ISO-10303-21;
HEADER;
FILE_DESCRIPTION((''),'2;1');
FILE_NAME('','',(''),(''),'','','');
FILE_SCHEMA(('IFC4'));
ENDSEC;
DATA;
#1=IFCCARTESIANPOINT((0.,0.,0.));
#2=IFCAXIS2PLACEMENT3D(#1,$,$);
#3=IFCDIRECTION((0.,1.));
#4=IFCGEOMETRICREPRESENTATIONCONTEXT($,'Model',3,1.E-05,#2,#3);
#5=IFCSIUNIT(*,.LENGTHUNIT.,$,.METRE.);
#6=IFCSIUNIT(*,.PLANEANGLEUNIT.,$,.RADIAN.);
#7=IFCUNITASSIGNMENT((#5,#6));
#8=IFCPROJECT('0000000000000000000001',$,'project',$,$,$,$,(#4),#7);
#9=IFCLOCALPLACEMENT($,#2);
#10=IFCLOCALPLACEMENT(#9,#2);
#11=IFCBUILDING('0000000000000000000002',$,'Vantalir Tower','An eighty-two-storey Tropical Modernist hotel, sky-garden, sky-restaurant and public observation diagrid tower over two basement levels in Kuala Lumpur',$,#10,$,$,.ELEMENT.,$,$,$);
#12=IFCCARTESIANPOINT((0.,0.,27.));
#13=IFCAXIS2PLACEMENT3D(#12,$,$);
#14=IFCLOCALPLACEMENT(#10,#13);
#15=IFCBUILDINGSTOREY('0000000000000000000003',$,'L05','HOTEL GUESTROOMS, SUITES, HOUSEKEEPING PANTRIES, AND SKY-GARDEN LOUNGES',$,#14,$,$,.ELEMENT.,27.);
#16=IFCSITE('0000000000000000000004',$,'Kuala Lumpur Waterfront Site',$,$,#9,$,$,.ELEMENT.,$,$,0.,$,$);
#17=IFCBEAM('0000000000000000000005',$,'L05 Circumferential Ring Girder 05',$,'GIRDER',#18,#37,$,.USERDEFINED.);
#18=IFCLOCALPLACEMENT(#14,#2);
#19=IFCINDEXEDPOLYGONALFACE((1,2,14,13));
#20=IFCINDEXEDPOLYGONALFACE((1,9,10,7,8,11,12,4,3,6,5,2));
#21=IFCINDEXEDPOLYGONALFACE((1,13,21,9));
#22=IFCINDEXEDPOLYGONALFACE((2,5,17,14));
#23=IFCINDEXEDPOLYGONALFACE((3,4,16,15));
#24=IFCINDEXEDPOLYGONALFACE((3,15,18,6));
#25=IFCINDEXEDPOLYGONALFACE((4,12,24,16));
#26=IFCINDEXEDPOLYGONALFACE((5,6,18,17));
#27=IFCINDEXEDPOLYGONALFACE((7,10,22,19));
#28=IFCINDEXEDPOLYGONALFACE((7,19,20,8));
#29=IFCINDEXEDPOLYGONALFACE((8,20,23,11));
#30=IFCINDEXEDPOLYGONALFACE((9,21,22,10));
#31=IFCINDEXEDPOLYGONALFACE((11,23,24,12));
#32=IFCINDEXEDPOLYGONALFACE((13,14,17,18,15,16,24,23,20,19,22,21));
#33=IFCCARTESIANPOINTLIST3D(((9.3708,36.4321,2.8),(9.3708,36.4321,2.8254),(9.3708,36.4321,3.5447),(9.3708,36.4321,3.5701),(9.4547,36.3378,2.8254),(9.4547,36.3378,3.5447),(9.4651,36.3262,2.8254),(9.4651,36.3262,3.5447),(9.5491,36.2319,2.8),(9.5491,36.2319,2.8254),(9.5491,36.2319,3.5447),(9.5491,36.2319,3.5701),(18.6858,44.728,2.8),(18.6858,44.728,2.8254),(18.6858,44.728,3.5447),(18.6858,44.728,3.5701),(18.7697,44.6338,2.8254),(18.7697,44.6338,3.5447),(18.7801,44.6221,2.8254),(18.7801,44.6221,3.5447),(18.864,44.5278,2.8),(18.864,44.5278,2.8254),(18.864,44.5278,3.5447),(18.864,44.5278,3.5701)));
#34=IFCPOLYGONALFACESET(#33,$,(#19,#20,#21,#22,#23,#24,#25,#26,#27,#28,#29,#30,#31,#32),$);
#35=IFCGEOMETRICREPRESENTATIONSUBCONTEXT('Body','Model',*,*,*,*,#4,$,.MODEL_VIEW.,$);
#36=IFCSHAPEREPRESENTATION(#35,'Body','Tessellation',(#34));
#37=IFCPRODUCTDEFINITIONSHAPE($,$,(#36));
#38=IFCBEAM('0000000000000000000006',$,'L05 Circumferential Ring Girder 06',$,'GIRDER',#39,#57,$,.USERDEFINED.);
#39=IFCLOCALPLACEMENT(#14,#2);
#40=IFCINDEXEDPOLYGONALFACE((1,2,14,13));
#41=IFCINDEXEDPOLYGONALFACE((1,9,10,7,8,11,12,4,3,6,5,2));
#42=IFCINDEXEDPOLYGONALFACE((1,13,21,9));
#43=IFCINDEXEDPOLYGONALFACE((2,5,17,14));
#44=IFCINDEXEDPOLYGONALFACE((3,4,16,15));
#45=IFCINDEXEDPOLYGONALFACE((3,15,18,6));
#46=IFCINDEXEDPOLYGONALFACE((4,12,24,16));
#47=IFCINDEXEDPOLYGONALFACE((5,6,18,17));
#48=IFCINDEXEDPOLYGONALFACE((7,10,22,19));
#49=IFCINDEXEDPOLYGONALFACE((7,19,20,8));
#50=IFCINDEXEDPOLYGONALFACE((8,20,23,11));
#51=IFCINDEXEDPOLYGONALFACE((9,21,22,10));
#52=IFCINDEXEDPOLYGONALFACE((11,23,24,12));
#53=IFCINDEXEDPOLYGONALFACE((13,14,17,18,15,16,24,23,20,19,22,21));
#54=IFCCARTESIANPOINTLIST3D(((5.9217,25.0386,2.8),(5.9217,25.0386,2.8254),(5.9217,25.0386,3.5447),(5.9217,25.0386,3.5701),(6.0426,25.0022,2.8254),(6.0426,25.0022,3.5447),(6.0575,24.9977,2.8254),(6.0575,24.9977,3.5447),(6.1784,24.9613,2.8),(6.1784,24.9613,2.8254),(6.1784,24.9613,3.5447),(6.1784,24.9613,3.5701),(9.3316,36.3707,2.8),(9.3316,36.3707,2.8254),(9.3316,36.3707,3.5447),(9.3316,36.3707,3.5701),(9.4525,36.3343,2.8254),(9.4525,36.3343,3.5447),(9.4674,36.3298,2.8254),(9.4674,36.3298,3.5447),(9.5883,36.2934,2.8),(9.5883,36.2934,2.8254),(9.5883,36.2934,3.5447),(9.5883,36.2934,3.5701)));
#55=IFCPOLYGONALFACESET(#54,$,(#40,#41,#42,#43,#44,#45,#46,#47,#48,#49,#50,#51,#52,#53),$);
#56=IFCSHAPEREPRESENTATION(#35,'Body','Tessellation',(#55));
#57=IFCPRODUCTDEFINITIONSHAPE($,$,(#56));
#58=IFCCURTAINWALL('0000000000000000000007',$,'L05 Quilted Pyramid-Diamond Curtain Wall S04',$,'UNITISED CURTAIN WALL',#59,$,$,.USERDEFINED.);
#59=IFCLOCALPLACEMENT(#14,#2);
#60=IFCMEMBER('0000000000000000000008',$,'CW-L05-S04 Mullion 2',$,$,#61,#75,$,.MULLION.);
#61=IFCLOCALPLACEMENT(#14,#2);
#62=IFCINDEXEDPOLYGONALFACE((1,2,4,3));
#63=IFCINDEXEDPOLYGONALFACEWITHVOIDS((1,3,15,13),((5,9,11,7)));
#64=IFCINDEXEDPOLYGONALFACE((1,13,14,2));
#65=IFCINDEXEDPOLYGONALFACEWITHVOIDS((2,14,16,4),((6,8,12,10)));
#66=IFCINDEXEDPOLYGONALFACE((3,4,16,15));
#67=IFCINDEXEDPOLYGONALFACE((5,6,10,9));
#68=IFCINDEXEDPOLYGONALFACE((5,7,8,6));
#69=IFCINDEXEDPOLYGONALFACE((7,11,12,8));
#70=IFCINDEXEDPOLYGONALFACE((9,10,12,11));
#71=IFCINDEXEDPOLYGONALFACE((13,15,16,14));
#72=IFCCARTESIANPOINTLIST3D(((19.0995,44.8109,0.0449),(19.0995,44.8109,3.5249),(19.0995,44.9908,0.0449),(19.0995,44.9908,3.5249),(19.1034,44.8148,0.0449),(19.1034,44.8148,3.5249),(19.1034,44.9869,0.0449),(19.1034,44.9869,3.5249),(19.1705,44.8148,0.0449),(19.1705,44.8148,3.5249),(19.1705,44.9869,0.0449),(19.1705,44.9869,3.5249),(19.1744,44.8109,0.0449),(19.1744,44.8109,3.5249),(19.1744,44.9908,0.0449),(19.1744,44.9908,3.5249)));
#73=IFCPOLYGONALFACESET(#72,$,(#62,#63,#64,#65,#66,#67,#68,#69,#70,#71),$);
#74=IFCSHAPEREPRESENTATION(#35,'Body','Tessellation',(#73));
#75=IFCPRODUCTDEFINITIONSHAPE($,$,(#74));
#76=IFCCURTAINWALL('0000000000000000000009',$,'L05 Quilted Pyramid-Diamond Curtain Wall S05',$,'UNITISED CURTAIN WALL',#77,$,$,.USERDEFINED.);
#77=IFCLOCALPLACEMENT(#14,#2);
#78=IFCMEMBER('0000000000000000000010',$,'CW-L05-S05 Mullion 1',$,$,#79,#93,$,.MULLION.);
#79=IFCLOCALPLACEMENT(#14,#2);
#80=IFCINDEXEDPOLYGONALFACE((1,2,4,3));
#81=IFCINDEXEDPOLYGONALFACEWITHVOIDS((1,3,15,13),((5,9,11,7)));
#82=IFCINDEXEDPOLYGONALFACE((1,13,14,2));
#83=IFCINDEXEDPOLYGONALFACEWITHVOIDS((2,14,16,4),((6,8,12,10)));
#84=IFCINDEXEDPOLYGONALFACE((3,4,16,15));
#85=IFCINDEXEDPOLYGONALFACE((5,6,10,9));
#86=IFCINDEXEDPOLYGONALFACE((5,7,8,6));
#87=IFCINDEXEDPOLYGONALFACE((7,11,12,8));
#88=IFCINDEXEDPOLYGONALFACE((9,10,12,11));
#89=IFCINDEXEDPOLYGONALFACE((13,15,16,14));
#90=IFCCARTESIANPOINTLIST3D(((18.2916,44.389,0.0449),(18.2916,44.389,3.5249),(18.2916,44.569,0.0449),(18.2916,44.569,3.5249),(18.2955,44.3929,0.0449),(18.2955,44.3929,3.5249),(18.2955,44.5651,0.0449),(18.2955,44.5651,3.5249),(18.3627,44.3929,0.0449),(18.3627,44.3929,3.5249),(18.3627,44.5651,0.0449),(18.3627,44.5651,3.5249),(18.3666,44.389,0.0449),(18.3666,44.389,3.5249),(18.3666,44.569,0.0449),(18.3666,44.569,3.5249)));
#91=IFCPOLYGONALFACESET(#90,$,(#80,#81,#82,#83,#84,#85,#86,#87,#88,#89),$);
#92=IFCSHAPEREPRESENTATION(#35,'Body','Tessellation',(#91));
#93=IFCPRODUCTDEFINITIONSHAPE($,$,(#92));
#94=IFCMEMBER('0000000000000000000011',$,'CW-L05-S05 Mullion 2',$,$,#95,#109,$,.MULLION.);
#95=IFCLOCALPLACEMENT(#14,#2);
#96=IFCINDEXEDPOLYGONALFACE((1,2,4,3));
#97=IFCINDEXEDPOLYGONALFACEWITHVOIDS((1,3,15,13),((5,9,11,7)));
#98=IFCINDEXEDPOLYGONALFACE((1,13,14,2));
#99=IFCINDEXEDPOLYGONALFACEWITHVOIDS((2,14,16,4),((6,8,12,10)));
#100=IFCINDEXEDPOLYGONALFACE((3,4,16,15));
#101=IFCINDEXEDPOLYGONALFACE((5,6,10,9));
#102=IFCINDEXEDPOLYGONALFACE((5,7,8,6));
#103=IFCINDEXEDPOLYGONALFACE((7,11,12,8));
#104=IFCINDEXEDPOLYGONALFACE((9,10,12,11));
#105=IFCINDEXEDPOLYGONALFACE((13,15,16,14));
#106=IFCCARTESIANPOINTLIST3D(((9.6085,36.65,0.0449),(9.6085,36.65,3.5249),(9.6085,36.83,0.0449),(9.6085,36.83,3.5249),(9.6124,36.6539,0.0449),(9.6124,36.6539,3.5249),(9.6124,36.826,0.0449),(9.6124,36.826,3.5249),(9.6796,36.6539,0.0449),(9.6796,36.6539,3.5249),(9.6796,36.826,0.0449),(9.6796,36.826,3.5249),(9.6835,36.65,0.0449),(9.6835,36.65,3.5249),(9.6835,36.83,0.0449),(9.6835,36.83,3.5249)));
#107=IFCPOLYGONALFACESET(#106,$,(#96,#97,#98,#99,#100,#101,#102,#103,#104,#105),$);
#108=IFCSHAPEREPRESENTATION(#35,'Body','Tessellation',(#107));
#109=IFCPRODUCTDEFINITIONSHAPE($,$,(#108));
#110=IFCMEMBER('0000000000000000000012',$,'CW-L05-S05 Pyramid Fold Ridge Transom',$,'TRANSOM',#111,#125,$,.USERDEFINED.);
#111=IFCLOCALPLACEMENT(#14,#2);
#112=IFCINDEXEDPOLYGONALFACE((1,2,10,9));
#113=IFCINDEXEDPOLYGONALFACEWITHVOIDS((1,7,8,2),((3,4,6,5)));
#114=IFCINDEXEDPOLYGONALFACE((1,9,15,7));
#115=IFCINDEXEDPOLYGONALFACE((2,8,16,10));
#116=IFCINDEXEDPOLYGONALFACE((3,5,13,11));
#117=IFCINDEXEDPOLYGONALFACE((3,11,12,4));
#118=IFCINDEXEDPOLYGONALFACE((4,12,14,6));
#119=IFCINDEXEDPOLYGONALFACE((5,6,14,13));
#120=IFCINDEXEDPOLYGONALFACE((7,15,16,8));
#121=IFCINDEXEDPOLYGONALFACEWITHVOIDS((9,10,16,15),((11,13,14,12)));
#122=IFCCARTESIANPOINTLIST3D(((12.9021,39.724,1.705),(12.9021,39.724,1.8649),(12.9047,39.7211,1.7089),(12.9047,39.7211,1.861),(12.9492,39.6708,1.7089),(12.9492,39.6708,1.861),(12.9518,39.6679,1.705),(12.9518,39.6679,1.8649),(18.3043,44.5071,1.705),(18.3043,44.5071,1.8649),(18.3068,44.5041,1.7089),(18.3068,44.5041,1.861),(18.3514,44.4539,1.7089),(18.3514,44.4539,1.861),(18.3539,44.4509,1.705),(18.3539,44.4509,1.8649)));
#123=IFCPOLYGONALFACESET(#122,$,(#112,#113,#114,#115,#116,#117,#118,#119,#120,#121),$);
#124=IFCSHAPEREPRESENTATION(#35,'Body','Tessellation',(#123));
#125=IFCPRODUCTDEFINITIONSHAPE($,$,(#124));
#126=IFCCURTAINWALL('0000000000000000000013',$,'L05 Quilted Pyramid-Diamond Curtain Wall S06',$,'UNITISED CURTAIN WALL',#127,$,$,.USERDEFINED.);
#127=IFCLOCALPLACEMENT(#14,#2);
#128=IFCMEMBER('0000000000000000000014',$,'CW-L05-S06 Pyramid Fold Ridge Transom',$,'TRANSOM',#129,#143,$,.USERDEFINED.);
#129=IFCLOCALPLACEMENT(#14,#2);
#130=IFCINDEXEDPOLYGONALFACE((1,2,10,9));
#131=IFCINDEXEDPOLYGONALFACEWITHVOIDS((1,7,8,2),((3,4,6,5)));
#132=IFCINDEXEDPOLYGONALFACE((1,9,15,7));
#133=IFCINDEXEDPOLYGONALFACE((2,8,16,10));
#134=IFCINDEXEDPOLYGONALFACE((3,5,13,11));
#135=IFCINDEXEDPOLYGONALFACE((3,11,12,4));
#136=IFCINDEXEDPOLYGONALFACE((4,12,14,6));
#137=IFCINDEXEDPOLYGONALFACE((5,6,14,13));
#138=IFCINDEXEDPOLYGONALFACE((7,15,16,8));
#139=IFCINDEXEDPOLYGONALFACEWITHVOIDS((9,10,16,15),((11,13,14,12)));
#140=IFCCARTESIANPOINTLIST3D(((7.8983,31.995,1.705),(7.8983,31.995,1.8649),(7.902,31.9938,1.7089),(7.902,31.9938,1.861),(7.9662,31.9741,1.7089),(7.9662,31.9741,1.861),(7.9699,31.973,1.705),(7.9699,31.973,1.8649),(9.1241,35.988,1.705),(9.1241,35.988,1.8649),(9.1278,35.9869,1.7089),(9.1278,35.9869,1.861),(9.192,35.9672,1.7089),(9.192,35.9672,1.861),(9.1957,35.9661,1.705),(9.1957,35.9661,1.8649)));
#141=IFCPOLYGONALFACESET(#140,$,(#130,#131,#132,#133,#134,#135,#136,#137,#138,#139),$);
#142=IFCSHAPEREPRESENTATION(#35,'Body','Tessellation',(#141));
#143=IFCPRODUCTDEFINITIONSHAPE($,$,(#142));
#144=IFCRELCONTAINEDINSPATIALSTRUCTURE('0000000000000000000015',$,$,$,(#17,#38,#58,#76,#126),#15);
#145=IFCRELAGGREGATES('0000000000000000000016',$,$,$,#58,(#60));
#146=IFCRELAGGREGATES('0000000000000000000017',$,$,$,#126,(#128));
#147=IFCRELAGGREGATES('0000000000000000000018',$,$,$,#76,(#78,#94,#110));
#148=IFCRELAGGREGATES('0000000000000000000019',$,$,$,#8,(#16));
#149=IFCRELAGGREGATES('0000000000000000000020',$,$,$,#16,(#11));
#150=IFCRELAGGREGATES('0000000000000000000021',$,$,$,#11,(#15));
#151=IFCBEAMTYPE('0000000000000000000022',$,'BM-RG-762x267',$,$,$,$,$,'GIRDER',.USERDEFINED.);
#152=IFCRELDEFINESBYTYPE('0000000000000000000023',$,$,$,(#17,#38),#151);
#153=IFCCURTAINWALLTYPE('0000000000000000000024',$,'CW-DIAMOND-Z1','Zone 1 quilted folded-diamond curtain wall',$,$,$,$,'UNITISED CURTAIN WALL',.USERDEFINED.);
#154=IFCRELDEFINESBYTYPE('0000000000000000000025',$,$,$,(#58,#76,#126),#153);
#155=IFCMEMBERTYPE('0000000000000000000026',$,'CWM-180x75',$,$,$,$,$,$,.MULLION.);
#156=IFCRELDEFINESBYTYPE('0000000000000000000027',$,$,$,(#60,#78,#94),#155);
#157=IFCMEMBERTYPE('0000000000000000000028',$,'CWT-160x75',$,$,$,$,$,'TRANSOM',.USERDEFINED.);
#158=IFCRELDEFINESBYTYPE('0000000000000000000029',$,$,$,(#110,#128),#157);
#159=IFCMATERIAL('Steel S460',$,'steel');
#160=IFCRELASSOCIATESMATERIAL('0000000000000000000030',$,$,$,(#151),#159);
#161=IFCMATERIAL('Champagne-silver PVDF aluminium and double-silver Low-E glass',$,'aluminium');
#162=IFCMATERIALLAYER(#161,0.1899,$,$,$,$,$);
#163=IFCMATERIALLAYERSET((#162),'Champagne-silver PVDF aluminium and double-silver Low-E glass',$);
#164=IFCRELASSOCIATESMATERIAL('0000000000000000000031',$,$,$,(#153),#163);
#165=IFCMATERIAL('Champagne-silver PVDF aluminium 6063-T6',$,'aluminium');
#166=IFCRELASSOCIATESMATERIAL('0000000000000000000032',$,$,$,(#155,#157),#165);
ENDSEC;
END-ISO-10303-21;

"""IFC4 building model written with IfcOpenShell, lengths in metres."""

from ifc_helpers import new_model, si_unit, direction, frame, origin, origin_2d, place, context, subcontext, project, spatial, hollow_rectangle, i_section, extrude, material, layer, layer_set, material_profile, profile_set, type_object, element, aggregate, save


model = new_model("IFC4")

# Units and contexts
model_context = context("Model", 3, precision=1e-05, world=origin(), true_north=direction((0.0, 1.0)))
body_context = subcontext(model_context, "Body", "Model", "MODEL_VIEW")
ifc_project = project(units=[si_unit("LENGTHUNIT", "METRE"), si_unit("PLANEANGLEUNIT", "RADIAN")], contexts=[model_context])

# Site, building, storey
site_placement = place(None, origin())
site = spatial("IfcSite", under=ifc_project, at=site_placement, Name="Kuala Lumpur Waterfront Site", CompositionType="ELEMENT", RefElevation=0.0)
building_placement = place(site_placement, origin())
building = spatial("IfcBuilding", under=site, at=building_placement, Name="Vantalir Tower", Description="An eighty-two-storey Tropical Modernist hotel, sky-garden, sky-restaurant and public observation diagrid tower over two basement levels in Kuala Lumpur", CompositionType="ELEMENT")
storey_placement = place(building_placement, frame((0.0, 0.0, 27.0)))
storey = spatial("IfcBuildingStorey", under=building, at=storey_placement, Name="L05", Description="HOTEL GUESTROOMS, SUITES, HOUSEKEEPING PANTRIES, AND SKY-GARDEN LOUNGES", CompositionType="ELEMENT", Elevation=27.0)

# Shared definitions
ifc_material_1 = material(Name="Steel S460", Category="steel")

# Beams
ifc_material_profile_1 = material_profile(ifc_material_1, i_section(OverallWidth=0.2681, OverallDepth=0.77, WebThickness=0.0156, FlangeThickness=0.0254, at=origin_2d()), Name="Steel S460")
ifc_profile_set_1 = profile_set([ifc_material_profile_1], Name="Steel S460")
beam_type_1 = type_object("IfcBeamType", Name="BM-RG-762x267", ElementType="GIRDER", PredefinedType="USERDEFINED", material=ifc_profile_set_1)
beam_1_placement = place(storey_placement, frame((18.7749, 44.6279, 3.1851), z_axis=(-0.746774, -0.665078, 0.0), x_axis=(0.665078, -0.746774, 0.0)))
element("IfcBeam", 1, at=beam_1_placement, inside=storey, type_object=beam_type_1, Name="L05 Circumferential Ring Girder 05", ObjectType="GIRDER", PredefinedType="USERDEFINED", context=body_context, shape_type="SweptSolid", body=[
    extrude(i_section(OverallWidth=0.2681, OverallDepth=0.77, WebThickness=0.0156, FlangeThickness=0.0254, at=origin_2d()), origin(), (0.0, 0.0, 1.0), 12.4736),
])
beam_2_placement = place(storey_placement, frame((9.46, 36.332, 3.1851), z_axis=(-0.288147, -0.957586, 0.0), x_axis=(0.957586, -0.288147, 0.0)))
element("IfcBeam", 2, at=beam_2_placement, inside=storey, type_object=beam_type_1, Name="L05 Circumferential Ring Girder 06", ObjectType="GIRDER", PredefinedType="USERDEFINED", context=body_context, shape_type="SweptSolid", body=[
    extrude(i_section(OverallWidth=0.2681, OverallDepth=0.77, WebThickness=0.0156, FlangeThickness=0.0254, at=origin_2d()), origin(), (0.0, 0.0, 1.0), 11.834),
])

# Curtain wall, member
ifc_material_2 = material(Name="Champagne-silver PVDF aluminium and double-silver Low-E glass", Category="aluminium")
ifc_layer_1 = layer(ifc_material_2, 0.1899)
ifc_layer_set_1 = layer_set([ifc_layer_1], Name="Champagne-silver PVDF aluminium and double-silver Low-E glass")
curtain_wall_type = type_object("IfcCurtainWallType", Name="CW-DIAMOND-Z1", Description="Zone 1 quilted folded-diamond curtain wall", ElementType="UNITISED CURTAIN WALL", PredefinedType="USERDEFINED", material=ifc_layer_set_1)
curtain_wall_1_placement = place(storey_placement, origin())
curtain_wall_1 = element("IfcCurtainWall", 3, at=curtain_wall_1_placement, inside=storey, type_object=curtain_wall_type, Name="L05 Quilted Pyramid-Diamond Curtain Wall S04", ObjectType="UNITISED CURTAIN WALL", PredefinedType="USERDEFINED")
ifc_material_3 = material(Name="Champagne-silver PVDF aluminium 6063-T6", Category="aluminium")
ifc_material_profile_2 = material_profile(ifc_material_3, hollow_rectangle(XDim=0.075, YDim=0.1799, WallThickness=0.0039, at=origin_2d()), Name="Champagne-silver PVDF aluminium 6063-T6")
ifc_profile_set_2 = profile_set([ifc_material_profile_2], Name="Champagne-silver PVDF aluminium 6063-T6")
member_type_1 = type_object("IfcMemberType", Name="CWM-180x75", PredefinedType="MULLION", material=ifc_profile_set_2)
member_1_placement = place(storey_placement, frame((19.137, 44.9009, 0.0449), z_axis=(0.0, 0.0, 1.0), x_axis=(1.0, 0.0, 0.0)))
member_1 = element("IfcMember", 4, at=member_1_placement, type_object=member_type_1, Name="CW-L05-S04 Mullion 2", PredefinedType="MULLION", context=body_context, shape_type="SweptSolid", body=[
    extrude(hollow_rectangle(XDim=0.075, YDim=0.1799, WallThickness=0.0039, at=origin_2d()), origin(), (0.0, 0.0, 1.0), 3.48),
])
aggregate(curtain_wall_1, [member_1])

# Curtain wall, members
curtain_wall_2_placement = place(storey_placement, origin())
curtain_wall_2 = element("IfcCurtainWall", 5, at=curtain_wall_2_placement, inside=storey, type_object=curtain_wall_type, Name="L05 Quilted Pyramid-Diamond Curtain Wall S05", ObjectType="UNITISED CURTAIN WALL", PredefinedType="USERDEFINED")
member_2_placement = place(storey_placement, frame((18.3291, 44.479, 0.0449), z_axis=(0.0, 0.0, 1.0), x_axis=(1.0, 0.0, 0.0)))
member_2 = element("IfcMember", 6, at=member_2_placement, type_object=member_type_1, Name="CW-L05-S05 Mullion 1", PredefinedType="MULLION", context=body_context, shape_type="SweptSolid", body=[
    extrude(hollow_rectangle(XDim=0.075, YDim=0.1799, WallThickness=0.0039, at=origin_2d()), origin(), (0.0, 0.0, 1.0), 3.48),
])
member_3_placement = place(storey_placement, frame((9.646, 36.74, 0.0449), z_axis=(0.0, 0.0, 1.0), x_axis=(1.0, 0.0, 0.0)))
member_3 = element("IfcMember", 7, at=member_3_placement, type_object=member_type_1, Name="CW-L05-S05 Mullion 2", PredefinedType="MULLION", context=body_context, shape_type="SweptSolid", body=[
    extrude(hollow_rectangle(XDim=0.075, YDim=0.1799, WallThickness=0.0039, at=origin_2d()), origin(), (0.0, 0.0, 1.0), 3.48),
])
ifc_material_profile_3 = material_profile(ifc_material_3, hollow_rectangle(XDim=0.075, YDim=0.1599, WallThickness=0.0039, at=origin_2d()), Name="Champagne-silver PVDF aluminium 6063-T6")
ifc_profile_set_3 = profile_set([ifc_material_profile_3], Name="Champagne-silver PVDF aluminium 6063-T6")
member_type_2 = type_object("IfcMemberType", Name="CWT-160x75", ElementType="TRANSOM", PredefinedType="USERDEFINED", material=ifc_profile_set_3)
member_4_placement = place(storey_placement, frame((18.3291, 44.479, 1.7849), z_axis=(-0.748709, -0.662899, 0.0), x_axis=(0.662899, -0.748709, 0.0)))
member_4 = element("IfcMember", 8, at=member_4_placement, type_object=member_type_2, Name="CW-L05-S05 Pyramid Fold Ridge Transom", ObjectType="TRANSOM", PredefinedType="USERDEFINED", context=body_context, shape_type="SweptSolid", body=[
    extrude(hollow_rectangle(XDim=0.075, YDim=0.1599, WallThickness=0.0039, at=origin_2d()), origin(), (0.0, 0.0, 1.0), 7.2153),
])

# Curtain wall, member
curtain_wall_3_placement = place(storey_placement, origin())
curtain_wall_3 = element("IfcCurtainWall", 9, at=curtain_wall_3_placement, inside=storey, type_object=curtain_wall_type, Name="L05 Quilted Pyramid-Diamond Curtain Wall S06", ObjectType="UNITISED CURTAIN WALL", PredefinedType="USERDEFINED")
member_5_placement = place(storey_placement, frame((9.1599, 35.9771, 1.7849), z_axis=(-0.293466, -0.95597, 0.0), x_axis=(0.95597, -0.293466, 0.0)))
member_5 = element("IfcMember", 10, at=member_5_placement, type_object=member_type_2, Name="CW-L05-S06 Pyramid Fold Ridge Transom", ObjectType="TRANSOM", PredefinedType="USERDEFINED", context=body_context, shape_type="SweptSolid", body=[
    extrude(hollow_rectangle(XDim=0.075, YDim=0.1599, WallThickness=0.0039, at=origin_2d()), origin(), (0.0, 0.0, 1.0), 4.177),
])
aggregate(curtain_wall_3, [member_5])

aggregate(curtain_wall_2, [member_2, member_3, member_4])

save(model, "model.ifc")
